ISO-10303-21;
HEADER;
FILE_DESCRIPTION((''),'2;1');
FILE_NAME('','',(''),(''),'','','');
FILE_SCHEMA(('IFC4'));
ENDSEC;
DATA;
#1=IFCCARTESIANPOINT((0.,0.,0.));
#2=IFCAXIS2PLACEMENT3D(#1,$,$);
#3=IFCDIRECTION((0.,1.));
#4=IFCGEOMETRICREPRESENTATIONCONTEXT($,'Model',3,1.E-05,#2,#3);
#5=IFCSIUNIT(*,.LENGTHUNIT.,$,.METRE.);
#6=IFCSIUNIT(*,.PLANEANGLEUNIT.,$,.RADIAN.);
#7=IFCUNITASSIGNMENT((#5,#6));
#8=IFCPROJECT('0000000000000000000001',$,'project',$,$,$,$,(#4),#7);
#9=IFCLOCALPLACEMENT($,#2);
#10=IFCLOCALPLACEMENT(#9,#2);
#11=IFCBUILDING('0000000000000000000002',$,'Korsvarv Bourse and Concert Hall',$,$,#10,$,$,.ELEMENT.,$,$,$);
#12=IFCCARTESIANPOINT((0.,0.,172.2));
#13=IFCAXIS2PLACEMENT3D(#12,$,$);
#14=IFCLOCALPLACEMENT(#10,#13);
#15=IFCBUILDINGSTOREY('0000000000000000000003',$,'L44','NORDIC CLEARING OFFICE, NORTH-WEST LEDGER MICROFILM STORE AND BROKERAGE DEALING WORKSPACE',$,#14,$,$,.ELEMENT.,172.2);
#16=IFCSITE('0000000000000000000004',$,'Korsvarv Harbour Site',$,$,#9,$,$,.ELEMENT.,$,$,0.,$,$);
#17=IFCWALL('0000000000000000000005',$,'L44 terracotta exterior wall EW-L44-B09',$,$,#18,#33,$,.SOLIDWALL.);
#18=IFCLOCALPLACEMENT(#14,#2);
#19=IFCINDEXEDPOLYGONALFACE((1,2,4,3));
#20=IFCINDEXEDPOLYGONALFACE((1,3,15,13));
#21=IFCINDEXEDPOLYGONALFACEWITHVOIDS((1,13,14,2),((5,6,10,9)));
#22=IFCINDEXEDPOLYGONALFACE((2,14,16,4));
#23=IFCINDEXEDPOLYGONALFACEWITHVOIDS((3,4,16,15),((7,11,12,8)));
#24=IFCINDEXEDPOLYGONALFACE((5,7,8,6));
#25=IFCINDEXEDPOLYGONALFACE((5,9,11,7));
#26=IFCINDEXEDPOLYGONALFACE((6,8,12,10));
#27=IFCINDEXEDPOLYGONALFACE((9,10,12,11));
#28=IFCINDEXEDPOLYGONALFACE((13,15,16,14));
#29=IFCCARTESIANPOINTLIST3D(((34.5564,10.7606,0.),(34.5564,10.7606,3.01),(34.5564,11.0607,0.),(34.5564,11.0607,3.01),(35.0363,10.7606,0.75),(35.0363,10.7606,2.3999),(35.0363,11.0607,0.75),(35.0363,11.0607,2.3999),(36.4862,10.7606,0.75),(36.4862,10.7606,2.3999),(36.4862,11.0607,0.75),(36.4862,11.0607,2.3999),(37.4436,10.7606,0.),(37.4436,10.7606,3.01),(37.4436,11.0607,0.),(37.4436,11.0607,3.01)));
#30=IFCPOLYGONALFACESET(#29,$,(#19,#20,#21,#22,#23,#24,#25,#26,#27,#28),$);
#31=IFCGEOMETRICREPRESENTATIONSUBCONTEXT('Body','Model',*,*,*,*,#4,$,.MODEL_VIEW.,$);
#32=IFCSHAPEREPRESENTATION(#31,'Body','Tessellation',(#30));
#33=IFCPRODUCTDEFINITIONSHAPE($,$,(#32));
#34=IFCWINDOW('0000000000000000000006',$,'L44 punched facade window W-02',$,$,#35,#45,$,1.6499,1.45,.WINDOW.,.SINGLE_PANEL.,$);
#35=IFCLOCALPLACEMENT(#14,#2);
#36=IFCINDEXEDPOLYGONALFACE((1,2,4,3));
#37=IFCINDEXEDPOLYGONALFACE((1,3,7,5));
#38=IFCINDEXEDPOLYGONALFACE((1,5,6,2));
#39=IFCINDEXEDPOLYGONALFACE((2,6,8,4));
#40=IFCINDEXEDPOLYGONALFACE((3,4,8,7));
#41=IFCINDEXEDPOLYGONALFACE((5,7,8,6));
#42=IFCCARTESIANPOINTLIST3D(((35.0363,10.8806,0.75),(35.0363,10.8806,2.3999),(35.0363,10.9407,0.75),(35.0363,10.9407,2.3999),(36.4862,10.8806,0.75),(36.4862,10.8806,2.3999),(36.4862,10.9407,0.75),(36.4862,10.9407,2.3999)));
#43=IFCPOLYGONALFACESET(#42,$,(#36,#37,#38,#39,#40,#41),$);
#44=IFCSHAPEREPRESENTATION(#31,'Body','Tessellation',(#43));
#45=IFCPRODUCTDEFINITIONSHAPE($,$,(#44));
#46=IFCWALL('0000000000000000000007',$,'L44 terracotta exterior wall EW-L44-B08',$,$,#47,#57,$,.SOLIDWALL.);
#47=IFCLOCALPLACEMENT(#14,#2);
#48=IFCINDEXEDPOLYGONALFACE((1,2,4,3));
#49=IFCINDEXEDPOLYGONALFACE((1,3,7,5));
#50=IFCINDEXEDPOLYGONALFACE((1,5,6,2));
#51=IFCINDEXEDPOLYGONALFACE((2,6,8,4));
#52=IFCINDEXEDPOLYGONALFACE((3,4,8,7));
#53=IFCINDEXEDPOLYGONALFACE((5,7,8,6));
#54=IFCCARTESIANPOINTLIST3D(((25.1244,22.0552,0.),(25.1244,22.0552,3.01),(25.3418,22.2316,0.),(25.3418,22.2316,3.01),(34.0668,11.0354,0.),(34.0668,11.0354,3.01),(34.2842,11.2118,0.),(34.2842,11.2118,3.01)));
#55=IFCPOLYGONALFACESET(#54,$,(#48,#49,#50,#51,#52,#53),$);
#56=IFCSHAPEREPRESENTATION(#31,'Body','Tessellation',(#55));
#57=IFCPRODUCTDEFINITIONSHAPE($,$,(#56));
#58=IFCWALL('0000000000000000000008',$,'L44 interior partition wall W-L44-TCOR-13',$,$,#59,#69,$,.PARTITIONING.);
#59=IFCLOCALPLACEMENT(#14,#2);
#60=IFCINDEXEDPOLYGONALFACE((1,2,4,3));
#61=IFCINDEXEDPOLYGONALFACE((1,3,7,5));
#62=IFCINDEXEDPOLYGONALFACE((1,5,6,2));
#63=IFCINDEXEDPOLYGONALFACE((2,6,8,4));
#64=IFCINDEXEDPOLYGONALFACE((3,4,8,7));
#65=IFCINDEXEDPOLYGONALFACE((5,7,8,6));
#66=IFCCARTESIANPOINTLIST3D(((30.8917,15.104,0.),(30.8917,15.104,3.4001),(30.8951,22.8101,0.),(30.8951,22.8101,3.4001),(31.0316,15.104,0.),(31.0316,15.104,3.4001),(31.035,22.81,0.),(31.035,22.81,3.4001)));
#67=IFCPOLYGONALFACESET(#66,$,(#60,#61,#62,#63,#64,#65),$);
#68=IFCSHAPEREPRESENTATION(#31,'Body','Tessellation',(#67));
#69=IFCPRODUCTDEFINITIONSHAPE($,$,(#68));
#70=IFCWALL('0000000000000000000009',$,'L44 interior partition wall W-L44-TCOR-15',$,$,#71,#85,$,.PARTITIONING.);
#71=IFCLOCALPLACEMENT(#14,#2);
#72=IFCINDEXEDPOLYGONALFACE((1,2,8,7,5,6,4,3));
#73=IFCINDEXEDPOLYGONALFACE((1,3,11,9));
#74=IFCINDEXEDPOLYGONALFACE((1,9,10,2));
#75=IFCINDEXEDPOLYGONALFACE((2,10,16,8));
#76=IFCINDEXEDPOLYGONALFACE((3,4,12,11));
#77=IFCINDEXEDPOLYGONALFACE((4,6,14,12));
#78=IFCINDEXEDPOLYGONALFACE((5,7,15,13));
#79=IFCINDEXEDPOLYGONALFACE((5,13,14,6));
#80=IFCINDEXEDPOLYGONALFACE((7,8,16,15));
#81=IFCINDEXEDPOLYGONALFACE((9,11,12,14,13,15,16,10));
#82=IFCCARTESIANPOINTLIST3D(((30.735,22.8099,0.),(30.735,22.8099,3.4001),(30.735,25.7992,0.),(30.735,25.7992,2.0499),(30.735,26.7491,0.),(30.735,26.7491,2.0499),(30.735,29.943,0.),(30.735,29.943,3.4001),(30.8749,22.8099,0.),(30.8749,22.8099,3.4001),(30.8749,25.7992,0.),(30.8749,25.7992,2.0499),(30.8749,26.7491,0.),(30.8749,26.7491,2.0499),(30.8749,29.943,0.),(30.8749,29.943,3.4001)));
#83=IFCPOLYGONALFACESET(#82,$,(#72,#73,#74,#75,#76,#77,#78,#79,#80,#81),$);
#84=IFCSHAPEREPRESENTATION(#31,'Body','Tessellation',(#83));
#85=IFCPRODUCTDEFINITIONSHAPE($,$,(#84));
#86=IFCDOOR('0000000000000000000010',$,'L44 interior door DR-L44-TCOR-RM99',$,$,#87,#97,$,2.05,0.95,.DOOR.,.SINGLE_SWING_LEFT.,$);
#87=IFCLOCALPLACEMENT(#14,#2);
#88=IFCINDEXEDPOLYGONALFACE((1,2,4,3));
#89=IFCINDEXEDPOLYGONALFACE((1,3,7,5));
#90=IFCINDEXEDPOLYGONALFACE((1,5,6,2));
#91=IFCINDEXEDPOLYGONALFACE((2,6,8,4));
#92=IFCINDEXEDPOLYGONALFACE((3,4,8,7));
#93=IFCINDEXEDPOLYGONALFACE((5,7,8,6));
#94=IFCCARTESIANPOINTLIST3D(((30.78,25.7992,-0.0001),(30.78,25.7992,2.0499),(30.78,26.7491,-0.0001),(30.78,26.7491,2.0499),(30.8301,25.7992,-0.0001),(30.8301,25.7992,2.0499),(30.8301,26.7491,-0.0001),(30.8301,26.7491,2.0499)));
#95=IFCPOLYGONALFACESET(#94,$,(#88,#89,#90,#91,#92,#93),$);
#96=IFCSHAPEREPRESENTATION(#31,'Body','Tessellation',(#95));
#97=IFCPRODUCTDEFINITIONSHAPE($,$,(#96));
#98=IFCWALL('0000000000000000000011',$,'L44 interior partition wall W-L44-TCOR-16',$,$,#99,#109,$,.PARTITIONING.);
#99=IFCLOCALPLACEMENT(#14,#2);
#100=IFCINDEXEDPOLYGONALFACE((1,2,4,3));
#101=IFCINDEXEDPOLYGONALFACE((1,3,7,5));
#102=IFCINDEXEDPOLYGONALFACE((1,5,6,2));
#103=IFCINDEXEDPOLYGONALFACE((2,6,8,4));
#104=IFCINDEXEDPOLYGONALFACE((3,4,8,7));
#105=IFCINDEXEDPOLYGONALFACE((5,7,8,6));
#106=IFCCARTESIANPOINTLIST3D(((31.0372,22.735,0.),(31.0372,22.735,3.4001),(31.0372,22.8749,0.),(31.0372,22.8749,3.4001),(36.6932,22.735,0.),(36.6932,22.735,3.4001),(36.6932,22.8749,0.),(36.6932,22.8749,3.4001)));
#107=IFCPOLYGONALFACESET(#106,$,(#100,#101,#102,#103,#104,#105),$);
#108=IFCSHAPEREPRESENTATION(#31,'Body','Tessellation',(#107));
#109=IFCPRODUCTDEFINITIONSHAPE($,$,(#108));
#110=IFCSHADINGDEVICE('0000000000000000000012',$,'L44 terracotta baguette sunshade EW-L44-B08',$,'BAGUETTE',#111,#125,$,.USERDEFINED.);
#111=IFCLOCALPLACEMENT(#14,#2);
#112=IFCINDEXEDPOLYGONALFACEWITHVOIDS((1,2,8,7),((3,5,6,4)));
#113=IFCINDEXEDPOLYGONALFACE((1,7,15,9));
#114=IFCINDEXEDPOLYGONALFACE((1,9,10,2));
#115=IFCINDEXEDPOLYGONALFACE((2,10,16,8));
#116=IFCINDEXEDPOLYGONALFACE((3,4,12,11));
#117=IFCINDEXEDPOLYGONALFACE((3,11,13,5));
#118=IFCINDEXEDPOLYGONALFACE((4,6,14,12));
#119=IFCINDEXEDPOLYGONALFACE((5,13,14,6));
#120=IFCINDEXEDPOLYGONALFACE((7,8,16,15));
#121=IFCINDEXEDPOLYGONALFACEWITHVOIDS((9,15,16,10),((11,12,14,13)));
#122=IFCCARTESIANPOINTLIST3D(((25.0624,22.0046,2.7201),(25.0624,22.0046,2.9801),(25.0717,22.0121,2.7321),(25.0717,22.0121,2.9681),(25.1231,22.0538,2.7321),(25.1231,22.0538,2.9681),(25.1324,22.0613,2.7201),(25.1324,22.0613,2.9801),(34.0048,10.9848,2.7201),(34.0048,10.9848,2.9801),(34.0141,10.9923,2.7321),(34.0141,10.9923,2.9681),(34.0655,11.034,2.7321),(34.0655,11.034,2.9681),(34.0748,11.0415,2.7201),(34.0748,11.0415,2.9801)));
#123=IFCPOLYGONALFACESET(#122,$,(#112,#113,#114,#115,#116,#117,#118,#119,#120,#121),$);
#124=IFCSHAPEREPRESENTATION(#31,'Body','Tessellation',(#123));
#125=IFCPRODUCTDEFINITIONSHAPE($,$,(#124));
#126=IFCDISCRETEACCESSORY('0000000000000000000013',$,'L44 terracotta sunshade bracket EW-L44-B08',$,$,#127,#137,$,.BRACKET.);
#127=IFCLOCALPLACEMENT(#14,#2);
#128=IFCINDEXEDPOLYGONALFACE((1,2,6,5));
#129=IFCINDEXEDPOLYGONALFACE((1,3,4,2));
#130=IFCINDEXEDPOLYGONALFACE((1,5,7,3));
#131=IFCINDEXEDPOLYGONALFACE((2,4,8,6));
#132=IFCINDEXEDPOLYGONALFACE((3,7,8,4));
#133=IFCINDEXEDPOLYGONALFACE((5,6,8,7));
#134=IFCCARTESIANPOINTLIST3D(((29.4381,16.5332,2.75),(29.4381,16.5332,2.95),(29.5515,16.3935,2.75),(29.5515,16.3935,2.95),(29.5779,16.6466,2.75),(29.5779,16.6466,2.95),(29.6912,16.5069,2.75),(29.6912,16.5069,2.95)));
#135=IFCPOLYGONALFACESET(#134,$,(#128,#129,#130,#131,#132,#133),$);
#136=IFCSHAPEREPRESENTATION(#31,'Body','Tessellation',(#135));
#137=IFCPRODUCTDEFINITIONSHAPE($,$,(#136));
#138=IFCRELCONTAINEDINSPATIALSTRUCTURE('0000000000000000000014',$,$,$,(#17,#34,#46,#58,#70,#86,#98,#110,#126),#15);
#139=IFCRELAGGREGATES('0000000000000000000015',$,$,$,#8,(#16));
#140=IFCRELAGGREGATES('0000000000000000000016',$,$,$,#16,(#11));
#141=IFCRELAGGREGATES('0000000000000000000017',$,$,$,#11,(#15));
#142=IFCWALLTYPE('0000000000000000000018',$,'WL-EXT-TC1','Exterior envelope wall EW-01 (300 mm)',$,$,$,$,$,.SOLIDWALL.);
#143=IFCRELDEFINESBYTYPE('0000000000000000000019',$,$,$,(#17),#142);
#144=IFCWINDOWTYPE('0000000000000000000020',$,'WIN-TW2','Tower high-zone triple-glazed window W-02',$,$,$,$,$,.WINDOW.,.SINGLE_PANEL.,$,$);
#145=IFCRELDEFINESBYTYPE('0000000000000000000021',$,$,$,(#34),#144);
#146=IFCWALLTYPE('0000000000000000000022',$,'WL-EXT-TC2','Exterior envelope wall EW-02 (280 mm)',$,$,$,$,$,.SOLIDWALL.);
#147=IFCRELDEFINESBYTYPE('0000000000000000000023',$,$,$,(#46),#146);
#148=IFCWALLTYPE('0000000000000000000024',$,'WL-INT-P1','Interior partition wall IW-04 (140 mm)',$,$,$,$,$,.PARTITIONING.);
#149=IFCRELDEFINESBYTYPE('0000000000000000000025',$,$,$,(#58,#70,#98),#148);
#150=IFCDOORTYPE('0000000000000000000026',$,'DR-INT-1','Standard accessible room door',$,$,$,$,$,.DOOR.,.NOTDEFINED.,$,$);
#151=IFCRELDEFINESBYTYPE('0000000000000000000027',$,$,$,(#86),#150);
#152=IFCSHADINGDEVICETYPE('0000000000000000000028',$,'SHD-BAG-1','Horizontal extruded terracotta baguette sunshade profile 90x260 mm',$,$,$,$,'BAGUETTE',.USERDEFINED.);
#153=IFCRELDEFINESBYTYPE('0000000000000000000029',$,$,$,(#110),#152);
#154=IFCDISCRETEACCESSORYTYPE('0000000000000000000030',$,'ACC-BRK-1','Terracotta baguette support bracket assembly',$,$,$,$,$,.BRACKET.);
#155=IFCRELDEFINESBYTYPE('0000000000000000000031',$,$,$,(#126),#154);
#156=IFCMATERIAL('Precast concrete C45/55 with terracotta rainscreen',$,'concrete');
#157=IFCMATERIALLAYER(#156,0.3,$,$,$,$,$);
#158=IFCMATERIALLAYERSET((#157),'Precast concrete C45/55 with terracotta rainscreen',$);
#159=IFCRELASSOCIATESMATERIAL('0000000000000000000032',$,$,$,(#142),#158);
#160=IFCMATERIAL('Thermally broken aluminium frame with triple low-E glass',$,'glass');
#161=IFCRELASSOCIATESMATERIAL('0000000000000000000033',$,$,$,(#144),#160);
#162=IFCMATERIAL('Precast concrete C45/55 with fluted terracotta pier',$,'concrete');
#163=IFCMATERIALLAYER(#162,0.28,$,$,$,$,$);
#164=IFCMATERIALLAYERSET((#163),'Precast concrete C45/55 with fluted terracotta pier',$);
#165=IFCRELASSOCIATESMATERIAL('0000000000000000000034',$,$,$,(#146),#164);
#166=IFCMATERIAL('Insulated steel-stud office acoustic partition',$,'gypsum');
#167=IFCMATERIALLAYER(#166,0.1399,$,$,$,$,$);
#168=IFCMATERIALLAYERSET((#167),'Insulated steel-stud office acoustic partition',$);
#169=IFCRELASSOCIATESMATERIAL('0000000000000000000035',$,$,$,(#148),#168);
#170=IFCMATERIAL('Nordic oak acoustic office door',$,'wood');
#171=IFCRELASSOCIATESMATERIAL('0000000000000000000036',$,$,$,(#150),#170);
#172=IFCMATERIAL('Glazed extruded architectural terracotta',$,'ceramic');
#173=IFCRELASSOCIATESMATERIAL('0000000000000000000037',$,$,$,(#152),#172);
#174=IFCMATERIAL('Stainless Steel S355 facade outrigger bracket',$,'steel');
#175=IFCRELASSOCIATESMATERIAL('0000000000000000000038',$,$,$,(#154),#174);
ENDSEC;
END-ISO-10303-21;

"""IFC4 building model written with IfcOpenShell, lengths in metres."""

from ifc_helpers import new_model, si_unit, direction, frame, frame_2d, origin, origin_2d, place, context, subcontext, project, spatial, rectangle, hollow_rectangle, extrude, source, transform, mapped, material, layer, layer_set, material_profile, profile_set, type_object, element, fill, save


model = new_model("IFC4")

# Units and contexts
model_context = context("Model", 3, precision=1e-05, world=origin(), true_north=direction((0.0, 1.0)))
body_context = subcontext(model_context, "Body", "Model", "MODEL_VIEW")
ifc_project = project(units=[si_unit("LENGTHUNIT", "METRE"), si_unit("PLANEANGLEUNIT", "RADIAN")], contexts=[model_context])

# Site, building, storey
site_placement = place(None, origin())
site = spatial("IfcSite", under=ifc_project, at=site_placement, Name="Korsvarv Harbour Site", CompositionType="ELEMENT", RefElevation=0.0)
building_placement = place(site_placement, origin())
building = spatial("IfcBuilding", under=site, at=building_placement, Name="Korsvarv Bourse and Concert Hall", CompositionType="ELEMENT")
storey_placement = place(building_placement, frame((0.0, 0.0, 172.2)))
storey = spatial("IfcBuildingStorey", under=building, at=storey_placement, Name="L44", Description="NORDIC CLEARING OFFICE, NORTH-WEST LEDGER MICROFILM STORE AND BROKERAGE DEALING WORKSPACE", CompositionType="ELEMENT", Elevation=172.2)

# Wall, opening, window
ifc_material_1 = material(Name="Precast concrete C45/55 with terracotta rainscreen", Category="concrete")
ifc_layer_1 = layer(ifc_material_1, 0.3)
ifc_layer_set_1 = layer_set([ifc_layer_1], Name="Precast concrete C45/55 with terracotta rainscreen")
wall_type_1 = type_object("IfcWallType", Name="WL-EXT-TC1", Description="Exterior envelope wall EW-01 (300 mm)", PredefinedType="SOLIDWALL", material=ifc_layer_set_1)
wall_1_placement = place(storey_placement, frame((34.5564, 10.9106, 0.0), z_axis=(0.0, 0.0, 1.0), x_axis=(1.0, 0.0, 0.0)))
wall_1 = element("IfcWall", 1, at=wall_1_placement, inside=storey, type_object=wall_type_1, Name="L44 terracotta exterior wall EW-L44-B09", PredefinedType="SOLIDWALL", context=body_context, shape_type="SweptSolid", body=[
    extrude(rectangle(XDim=2.8872, YDim=0.3, at=frame_2d((1.4436, 0.0))), origin(), (0.0, 0.0, 1.0), 3.01),
])
opening_1_placement = place(wall_1_placement, frame((0.4797, 0.0, 0.75)))
opening_1 = element("IfcOpeningElement", 2, at=opening_1_placement, cuts=wall_1, PredefinedType="OPENING", context=body_context, shape_type="SweptSolid", body=[
    extrude(rectangle(XDim=1.45, YDim=1.6499, at=frame_2d((0.7251, 0.825))), frame((0.0, 0.1602, 0.0), z_axis=(0.0, -1.0, 0.0), x_axis=(1.0, 0.0, 0.0)), (0.0, 0.0, 1.0), 0.3201),
])
ifc_material_2 = material(Name="Thermally broken aluminium frame with triple low-E glass", Category="glass")
window_type = type_object("IfcWindowType", Name="WIN-TW2", Description="Tower high-zone triple-glazed window W-02", PartitioningType="SINGLE_PANEL", PredefinedType="WINDOW", material=ifc_material_2)
window_placement = place(opening_1_placement, origin())
window = element("IfcWindow", 3, at=window_placement, inside=storey, type_object=window_type, Name="L44 punched facade window W-02", OverallHeight=1.6499, OverallWidth=1.45, PartitioningType="SINGLE_PANEL", PredefinedType="WINDOW", context=body_context, shape_type="SweptSolid", body=[
    extrude(rectangle(XDim=1.45, YDim=1.6499, at=frame_2d((0.7251, 0.825))), frame((0.0, 0.03, 0.0), z_axis=(0.0, -1.0, 0.0), x_axis=(1.0, 0.0, 0.0)), (0.0, 0.0, 1.0), 0.0601),
])
fill(opening_1, window)

# Walls
ifc_material_3 = material(Name="Precast concrete C45/55 with fluted terracotta pier", Category="concrete")
ifc_layer_2 = layer(ifc_material_3, 0.28)
ifc_layer_set_2 = layer_set([ifc_layer_2], Name="Precast concrete C45/55 with fluted terracotta pier")
wall_type_2 = type_object("IfcWallType", Name="WL-EXT-TC2", Description="Exterior envelope wall EW-02 (280 mm)", PredefinedType="SOLIDWALL", material=ifc_layer_set_2)
wall_2_placement = place(storey_placement, frame((25.2332, 22.1433, 0.0), z_axis=(0.0, 0.0, 1.0), x_axis=(0.630118, -0.7765, 0.0)))
element("IfcWall", 4, at=wall_2_placement, inside=storey, type_object=wall_type_2, Name="L44 terracotta exterior wall EW-L44-B08", PredefinedType="SOLIDWALL", context=body_context, shape_type="SweptSolid", body=[
    extrude(rectangle(XDim=14.1917, YDim=0.28, at=frame_2d((7.0957, 0.0))), origin(), (0.0, 0.0, 1.0), 3.01),
])
ifc_material_4 = material(Name="Insulated steel-stud office acoustic partition", Category="gypsum")
ifc_layer_3 = layer(ifc_material_4, 0.1399)
ifc_layer_set_3 = layer_set([ifc_layer_3], Name="Insulated steel-stud office acoustic partition")
wall_type_3 = type_object("IfcWallType", Name="WL-INT-P1", Description="Interior partition wall IW-04 (140 mm)", PredefinedType="PARTITIONING", material=ifc_layer_set_3)
wall_3_placement = place(storey_placement, frame((30.9617, 15.104, 0.0), z_axis=(0.0, 0.0, 1.0), x_axis=(0.000444, 1.0, 0.0)))
element("IfcWall", 5, at=wall_3_placement, inside=storey, type_object=wall_type_3, Name="L44 interior partition wall W-L44-TCOR-13", PredefinedType="PARTITIONING", context=body_context, shape_type="SweptSolid", body=[
    extrude(rectangle(XDim=7.7061, YDim=0.1399, at=frame_2d((3.853, 0.0))), origin(), (0.0, 0.0, 1.0), 3.4001),
])

# Wall, opening, door
wall_4_placement = place(storey_placement, frame((30.8049, 22.8101, 0.0), z_axis=(0.0, 0.0, 1.0), x_axis=(0.0, 1.0, 0.0)))
wall_4 = element("IfcWall", 6, at=wall_4_placement, inside=storey, type_object=wall_type_3, Name="L44 interior partition wall W-L44-TCOR-15", PredefinedType="PARTITIONING", context=body_context, shape_type="SweptSolid", body=[
    extrude(rectangle(XDim=7.1331, YDim=0.1399, at=frame_2d((3.5664, 0.0))), origin(), (0.0, 0.0, 1.0), 3.4001),
])
opening_2_placement = place(wall_4_placement, frame((2.989, 0.0, 0.0)))
opening_2 = element("IfcOpeningElement", 7, at=opening_2_placement, cuts=wall_4, PredefinedType="OPENING", context=body_context, shape_type="SweptSolid", body=[
    extrude(rectangle(XDim=0.95, YDim=2.05, at=frame_2d((0.4751, 1.0249))), frame((0.0, 0.0801, 0.0), z_axis=(0.0, -1.0, 0.0), x_axis=(1.0, 0.0, 0.0)), (0.0, 0.0, 1.0), 0.1599),
])
ifc_material_5 = material(Name="Nordic oak acoustic office door", Category="wood")
door_type = type_object("IfcDoorType", Name="DR-INT-1", Description="Standard accessible room door", OperationType="NOTDEFINED", PredefinedType="DOOR", material=ifc_material_5)
door_placement = place(opening_2_placement, origin())
door = element("IfcDoor", 8, at=door_placement, inside=storey, type_object=door_type, Name="L44 interior door DR-L44-TCOR-RM99", OperationType="SINGLE_SWING_LEFT", OverallHeight=2.05, OverallWidth=0.95, PredefinedType="DOOR", context=body_context, shape_type="SweptSolid", body=[
    extrude(rectangle(XDim=0.95, YDim=2.05, at=frame_2d((0.4751, 1.0249))), frame((0.0, 0.0249, 0.0), z_axis=(0.0, -1.0, 0.0), x_axis=(1.0, 0.0, 0.0)), (0.0, 0.0, 1.0), 0.05),
])
fill(opening_2, door)

# Wall
wall_5_placement = place(storey_placement, frame((31.0371, 22.8049, 0.0), z_axis=(0.0, 0.0, 1.0), x_axis=(1.0, 0.0, 0.0)))
element("IfcWall", 9, at=wall_5_placement, inside=storey, type_object=wall_type_3, Name="L44 interior partition wall W-L44-TCOR-16", PredefinedType="PARTITIONING", context=body_context, shape_type="SweptSolid", body=[
    extrude(rectangle(XDim=5.656, YDim=0.1399, at=frame_2d((2.8281, 0.0))), origin(), (0.0, 0.0, 1.0), 3.4001),
])

# Shading device
ifc_material_6 = material(Name="Glazed extruded architectural terracotta", Category="ceramic")
ifc_material_profile_1 = material_profile(ifc_material_6, hollow_rectangle(XDim=0.0901, YDim=0.26, WallThickness=0.012, at=origin_2d()), Name="TC-BAG 90x260")
ifc_profile_set_1 = profile_set([ifc_material_profile_1], Name="Glazed extruded architectural terracotta")
shading_device_type = type_object("IfcShadingDeviceType", Name="SHD-BAG-1", Description="Horizontal extruded terracotta baguette sunshade profile 90x260 mm", ElementType="BAGUETTE", PredefinedType="USERDEFINED", material=ifc_profile_set_1)
shared_shape_1 = source(origin(), body_context, "Body", "SweptSolid", [
    extrude(hollow_rectangle(XDim=0.0901, YDim=0.26, WallThickness=0.012, at=origin_2d()), origin(), (0.0, 0.0, 1.0), 14.1917),
])
shading_device_placement = place(storey_placement, frame((25.0974, 22.033, 2.8501), z_axis=(0.630118, -0.7765, 0.0), x_axis=(0.7765, 0.630118, 0.0)))
element("IfcShadingDevice", 10, at=shading_device_placement, inside=storey, type_object=shading_device_type, Name="L44 terracotta baguette sunshade EW-L44-B08", ObjectType="BAGUETTE", PredefinedType="USERDEFINED", context=body_context, shape_type="MappedRepresentation", body=[
    mapped(shared_shape_1, transform((0.0, 0.0, 0.0), scale=1.0)),
])

# Discrete accessory
ifc_material_7 = material(Name="Stainless Steel S355 facade outrigger bracket", Category="steel")
discrete_accessory_type = type_object("IfcDiscreteAccessoryType", Name="ACC-BRK-1", Description="Terracotta baguette support bracket assembly", PredefinedType="BRACKET", material=ifc_material_7)
shared_shape_2 = source(origin(), body_context, "Body", "SweptSolid", [
    extrude(rectangle(XDim=0.1799, YDim=0.1799, at=origin_2d()), origin(), (0.0, 0.0, 1.0), 0.2),
])
discrete_accessory_placement = place(storey_placement, frame((29.5647, 16.52, 2.75), z_axis=(0.0, 0.0, 1.0), x_axis=(0.630134, -0.776487, 0.0)))
element("IfcDiscreteAccessory", 11, at=discrete_accessory_placement, inside=storey, type_object=discrete_accessory_type, Name="L44 terracotta sunshade bracket EW-L44-B08", PredefinedType="BRACKET", context=body_context, shape_type="MappedRepresentation", body=[
    mapped(shared_shape_2, transform((0.0, 0.0, 0.0), scale=1.0)),
])

save(model, "model.ifc")
